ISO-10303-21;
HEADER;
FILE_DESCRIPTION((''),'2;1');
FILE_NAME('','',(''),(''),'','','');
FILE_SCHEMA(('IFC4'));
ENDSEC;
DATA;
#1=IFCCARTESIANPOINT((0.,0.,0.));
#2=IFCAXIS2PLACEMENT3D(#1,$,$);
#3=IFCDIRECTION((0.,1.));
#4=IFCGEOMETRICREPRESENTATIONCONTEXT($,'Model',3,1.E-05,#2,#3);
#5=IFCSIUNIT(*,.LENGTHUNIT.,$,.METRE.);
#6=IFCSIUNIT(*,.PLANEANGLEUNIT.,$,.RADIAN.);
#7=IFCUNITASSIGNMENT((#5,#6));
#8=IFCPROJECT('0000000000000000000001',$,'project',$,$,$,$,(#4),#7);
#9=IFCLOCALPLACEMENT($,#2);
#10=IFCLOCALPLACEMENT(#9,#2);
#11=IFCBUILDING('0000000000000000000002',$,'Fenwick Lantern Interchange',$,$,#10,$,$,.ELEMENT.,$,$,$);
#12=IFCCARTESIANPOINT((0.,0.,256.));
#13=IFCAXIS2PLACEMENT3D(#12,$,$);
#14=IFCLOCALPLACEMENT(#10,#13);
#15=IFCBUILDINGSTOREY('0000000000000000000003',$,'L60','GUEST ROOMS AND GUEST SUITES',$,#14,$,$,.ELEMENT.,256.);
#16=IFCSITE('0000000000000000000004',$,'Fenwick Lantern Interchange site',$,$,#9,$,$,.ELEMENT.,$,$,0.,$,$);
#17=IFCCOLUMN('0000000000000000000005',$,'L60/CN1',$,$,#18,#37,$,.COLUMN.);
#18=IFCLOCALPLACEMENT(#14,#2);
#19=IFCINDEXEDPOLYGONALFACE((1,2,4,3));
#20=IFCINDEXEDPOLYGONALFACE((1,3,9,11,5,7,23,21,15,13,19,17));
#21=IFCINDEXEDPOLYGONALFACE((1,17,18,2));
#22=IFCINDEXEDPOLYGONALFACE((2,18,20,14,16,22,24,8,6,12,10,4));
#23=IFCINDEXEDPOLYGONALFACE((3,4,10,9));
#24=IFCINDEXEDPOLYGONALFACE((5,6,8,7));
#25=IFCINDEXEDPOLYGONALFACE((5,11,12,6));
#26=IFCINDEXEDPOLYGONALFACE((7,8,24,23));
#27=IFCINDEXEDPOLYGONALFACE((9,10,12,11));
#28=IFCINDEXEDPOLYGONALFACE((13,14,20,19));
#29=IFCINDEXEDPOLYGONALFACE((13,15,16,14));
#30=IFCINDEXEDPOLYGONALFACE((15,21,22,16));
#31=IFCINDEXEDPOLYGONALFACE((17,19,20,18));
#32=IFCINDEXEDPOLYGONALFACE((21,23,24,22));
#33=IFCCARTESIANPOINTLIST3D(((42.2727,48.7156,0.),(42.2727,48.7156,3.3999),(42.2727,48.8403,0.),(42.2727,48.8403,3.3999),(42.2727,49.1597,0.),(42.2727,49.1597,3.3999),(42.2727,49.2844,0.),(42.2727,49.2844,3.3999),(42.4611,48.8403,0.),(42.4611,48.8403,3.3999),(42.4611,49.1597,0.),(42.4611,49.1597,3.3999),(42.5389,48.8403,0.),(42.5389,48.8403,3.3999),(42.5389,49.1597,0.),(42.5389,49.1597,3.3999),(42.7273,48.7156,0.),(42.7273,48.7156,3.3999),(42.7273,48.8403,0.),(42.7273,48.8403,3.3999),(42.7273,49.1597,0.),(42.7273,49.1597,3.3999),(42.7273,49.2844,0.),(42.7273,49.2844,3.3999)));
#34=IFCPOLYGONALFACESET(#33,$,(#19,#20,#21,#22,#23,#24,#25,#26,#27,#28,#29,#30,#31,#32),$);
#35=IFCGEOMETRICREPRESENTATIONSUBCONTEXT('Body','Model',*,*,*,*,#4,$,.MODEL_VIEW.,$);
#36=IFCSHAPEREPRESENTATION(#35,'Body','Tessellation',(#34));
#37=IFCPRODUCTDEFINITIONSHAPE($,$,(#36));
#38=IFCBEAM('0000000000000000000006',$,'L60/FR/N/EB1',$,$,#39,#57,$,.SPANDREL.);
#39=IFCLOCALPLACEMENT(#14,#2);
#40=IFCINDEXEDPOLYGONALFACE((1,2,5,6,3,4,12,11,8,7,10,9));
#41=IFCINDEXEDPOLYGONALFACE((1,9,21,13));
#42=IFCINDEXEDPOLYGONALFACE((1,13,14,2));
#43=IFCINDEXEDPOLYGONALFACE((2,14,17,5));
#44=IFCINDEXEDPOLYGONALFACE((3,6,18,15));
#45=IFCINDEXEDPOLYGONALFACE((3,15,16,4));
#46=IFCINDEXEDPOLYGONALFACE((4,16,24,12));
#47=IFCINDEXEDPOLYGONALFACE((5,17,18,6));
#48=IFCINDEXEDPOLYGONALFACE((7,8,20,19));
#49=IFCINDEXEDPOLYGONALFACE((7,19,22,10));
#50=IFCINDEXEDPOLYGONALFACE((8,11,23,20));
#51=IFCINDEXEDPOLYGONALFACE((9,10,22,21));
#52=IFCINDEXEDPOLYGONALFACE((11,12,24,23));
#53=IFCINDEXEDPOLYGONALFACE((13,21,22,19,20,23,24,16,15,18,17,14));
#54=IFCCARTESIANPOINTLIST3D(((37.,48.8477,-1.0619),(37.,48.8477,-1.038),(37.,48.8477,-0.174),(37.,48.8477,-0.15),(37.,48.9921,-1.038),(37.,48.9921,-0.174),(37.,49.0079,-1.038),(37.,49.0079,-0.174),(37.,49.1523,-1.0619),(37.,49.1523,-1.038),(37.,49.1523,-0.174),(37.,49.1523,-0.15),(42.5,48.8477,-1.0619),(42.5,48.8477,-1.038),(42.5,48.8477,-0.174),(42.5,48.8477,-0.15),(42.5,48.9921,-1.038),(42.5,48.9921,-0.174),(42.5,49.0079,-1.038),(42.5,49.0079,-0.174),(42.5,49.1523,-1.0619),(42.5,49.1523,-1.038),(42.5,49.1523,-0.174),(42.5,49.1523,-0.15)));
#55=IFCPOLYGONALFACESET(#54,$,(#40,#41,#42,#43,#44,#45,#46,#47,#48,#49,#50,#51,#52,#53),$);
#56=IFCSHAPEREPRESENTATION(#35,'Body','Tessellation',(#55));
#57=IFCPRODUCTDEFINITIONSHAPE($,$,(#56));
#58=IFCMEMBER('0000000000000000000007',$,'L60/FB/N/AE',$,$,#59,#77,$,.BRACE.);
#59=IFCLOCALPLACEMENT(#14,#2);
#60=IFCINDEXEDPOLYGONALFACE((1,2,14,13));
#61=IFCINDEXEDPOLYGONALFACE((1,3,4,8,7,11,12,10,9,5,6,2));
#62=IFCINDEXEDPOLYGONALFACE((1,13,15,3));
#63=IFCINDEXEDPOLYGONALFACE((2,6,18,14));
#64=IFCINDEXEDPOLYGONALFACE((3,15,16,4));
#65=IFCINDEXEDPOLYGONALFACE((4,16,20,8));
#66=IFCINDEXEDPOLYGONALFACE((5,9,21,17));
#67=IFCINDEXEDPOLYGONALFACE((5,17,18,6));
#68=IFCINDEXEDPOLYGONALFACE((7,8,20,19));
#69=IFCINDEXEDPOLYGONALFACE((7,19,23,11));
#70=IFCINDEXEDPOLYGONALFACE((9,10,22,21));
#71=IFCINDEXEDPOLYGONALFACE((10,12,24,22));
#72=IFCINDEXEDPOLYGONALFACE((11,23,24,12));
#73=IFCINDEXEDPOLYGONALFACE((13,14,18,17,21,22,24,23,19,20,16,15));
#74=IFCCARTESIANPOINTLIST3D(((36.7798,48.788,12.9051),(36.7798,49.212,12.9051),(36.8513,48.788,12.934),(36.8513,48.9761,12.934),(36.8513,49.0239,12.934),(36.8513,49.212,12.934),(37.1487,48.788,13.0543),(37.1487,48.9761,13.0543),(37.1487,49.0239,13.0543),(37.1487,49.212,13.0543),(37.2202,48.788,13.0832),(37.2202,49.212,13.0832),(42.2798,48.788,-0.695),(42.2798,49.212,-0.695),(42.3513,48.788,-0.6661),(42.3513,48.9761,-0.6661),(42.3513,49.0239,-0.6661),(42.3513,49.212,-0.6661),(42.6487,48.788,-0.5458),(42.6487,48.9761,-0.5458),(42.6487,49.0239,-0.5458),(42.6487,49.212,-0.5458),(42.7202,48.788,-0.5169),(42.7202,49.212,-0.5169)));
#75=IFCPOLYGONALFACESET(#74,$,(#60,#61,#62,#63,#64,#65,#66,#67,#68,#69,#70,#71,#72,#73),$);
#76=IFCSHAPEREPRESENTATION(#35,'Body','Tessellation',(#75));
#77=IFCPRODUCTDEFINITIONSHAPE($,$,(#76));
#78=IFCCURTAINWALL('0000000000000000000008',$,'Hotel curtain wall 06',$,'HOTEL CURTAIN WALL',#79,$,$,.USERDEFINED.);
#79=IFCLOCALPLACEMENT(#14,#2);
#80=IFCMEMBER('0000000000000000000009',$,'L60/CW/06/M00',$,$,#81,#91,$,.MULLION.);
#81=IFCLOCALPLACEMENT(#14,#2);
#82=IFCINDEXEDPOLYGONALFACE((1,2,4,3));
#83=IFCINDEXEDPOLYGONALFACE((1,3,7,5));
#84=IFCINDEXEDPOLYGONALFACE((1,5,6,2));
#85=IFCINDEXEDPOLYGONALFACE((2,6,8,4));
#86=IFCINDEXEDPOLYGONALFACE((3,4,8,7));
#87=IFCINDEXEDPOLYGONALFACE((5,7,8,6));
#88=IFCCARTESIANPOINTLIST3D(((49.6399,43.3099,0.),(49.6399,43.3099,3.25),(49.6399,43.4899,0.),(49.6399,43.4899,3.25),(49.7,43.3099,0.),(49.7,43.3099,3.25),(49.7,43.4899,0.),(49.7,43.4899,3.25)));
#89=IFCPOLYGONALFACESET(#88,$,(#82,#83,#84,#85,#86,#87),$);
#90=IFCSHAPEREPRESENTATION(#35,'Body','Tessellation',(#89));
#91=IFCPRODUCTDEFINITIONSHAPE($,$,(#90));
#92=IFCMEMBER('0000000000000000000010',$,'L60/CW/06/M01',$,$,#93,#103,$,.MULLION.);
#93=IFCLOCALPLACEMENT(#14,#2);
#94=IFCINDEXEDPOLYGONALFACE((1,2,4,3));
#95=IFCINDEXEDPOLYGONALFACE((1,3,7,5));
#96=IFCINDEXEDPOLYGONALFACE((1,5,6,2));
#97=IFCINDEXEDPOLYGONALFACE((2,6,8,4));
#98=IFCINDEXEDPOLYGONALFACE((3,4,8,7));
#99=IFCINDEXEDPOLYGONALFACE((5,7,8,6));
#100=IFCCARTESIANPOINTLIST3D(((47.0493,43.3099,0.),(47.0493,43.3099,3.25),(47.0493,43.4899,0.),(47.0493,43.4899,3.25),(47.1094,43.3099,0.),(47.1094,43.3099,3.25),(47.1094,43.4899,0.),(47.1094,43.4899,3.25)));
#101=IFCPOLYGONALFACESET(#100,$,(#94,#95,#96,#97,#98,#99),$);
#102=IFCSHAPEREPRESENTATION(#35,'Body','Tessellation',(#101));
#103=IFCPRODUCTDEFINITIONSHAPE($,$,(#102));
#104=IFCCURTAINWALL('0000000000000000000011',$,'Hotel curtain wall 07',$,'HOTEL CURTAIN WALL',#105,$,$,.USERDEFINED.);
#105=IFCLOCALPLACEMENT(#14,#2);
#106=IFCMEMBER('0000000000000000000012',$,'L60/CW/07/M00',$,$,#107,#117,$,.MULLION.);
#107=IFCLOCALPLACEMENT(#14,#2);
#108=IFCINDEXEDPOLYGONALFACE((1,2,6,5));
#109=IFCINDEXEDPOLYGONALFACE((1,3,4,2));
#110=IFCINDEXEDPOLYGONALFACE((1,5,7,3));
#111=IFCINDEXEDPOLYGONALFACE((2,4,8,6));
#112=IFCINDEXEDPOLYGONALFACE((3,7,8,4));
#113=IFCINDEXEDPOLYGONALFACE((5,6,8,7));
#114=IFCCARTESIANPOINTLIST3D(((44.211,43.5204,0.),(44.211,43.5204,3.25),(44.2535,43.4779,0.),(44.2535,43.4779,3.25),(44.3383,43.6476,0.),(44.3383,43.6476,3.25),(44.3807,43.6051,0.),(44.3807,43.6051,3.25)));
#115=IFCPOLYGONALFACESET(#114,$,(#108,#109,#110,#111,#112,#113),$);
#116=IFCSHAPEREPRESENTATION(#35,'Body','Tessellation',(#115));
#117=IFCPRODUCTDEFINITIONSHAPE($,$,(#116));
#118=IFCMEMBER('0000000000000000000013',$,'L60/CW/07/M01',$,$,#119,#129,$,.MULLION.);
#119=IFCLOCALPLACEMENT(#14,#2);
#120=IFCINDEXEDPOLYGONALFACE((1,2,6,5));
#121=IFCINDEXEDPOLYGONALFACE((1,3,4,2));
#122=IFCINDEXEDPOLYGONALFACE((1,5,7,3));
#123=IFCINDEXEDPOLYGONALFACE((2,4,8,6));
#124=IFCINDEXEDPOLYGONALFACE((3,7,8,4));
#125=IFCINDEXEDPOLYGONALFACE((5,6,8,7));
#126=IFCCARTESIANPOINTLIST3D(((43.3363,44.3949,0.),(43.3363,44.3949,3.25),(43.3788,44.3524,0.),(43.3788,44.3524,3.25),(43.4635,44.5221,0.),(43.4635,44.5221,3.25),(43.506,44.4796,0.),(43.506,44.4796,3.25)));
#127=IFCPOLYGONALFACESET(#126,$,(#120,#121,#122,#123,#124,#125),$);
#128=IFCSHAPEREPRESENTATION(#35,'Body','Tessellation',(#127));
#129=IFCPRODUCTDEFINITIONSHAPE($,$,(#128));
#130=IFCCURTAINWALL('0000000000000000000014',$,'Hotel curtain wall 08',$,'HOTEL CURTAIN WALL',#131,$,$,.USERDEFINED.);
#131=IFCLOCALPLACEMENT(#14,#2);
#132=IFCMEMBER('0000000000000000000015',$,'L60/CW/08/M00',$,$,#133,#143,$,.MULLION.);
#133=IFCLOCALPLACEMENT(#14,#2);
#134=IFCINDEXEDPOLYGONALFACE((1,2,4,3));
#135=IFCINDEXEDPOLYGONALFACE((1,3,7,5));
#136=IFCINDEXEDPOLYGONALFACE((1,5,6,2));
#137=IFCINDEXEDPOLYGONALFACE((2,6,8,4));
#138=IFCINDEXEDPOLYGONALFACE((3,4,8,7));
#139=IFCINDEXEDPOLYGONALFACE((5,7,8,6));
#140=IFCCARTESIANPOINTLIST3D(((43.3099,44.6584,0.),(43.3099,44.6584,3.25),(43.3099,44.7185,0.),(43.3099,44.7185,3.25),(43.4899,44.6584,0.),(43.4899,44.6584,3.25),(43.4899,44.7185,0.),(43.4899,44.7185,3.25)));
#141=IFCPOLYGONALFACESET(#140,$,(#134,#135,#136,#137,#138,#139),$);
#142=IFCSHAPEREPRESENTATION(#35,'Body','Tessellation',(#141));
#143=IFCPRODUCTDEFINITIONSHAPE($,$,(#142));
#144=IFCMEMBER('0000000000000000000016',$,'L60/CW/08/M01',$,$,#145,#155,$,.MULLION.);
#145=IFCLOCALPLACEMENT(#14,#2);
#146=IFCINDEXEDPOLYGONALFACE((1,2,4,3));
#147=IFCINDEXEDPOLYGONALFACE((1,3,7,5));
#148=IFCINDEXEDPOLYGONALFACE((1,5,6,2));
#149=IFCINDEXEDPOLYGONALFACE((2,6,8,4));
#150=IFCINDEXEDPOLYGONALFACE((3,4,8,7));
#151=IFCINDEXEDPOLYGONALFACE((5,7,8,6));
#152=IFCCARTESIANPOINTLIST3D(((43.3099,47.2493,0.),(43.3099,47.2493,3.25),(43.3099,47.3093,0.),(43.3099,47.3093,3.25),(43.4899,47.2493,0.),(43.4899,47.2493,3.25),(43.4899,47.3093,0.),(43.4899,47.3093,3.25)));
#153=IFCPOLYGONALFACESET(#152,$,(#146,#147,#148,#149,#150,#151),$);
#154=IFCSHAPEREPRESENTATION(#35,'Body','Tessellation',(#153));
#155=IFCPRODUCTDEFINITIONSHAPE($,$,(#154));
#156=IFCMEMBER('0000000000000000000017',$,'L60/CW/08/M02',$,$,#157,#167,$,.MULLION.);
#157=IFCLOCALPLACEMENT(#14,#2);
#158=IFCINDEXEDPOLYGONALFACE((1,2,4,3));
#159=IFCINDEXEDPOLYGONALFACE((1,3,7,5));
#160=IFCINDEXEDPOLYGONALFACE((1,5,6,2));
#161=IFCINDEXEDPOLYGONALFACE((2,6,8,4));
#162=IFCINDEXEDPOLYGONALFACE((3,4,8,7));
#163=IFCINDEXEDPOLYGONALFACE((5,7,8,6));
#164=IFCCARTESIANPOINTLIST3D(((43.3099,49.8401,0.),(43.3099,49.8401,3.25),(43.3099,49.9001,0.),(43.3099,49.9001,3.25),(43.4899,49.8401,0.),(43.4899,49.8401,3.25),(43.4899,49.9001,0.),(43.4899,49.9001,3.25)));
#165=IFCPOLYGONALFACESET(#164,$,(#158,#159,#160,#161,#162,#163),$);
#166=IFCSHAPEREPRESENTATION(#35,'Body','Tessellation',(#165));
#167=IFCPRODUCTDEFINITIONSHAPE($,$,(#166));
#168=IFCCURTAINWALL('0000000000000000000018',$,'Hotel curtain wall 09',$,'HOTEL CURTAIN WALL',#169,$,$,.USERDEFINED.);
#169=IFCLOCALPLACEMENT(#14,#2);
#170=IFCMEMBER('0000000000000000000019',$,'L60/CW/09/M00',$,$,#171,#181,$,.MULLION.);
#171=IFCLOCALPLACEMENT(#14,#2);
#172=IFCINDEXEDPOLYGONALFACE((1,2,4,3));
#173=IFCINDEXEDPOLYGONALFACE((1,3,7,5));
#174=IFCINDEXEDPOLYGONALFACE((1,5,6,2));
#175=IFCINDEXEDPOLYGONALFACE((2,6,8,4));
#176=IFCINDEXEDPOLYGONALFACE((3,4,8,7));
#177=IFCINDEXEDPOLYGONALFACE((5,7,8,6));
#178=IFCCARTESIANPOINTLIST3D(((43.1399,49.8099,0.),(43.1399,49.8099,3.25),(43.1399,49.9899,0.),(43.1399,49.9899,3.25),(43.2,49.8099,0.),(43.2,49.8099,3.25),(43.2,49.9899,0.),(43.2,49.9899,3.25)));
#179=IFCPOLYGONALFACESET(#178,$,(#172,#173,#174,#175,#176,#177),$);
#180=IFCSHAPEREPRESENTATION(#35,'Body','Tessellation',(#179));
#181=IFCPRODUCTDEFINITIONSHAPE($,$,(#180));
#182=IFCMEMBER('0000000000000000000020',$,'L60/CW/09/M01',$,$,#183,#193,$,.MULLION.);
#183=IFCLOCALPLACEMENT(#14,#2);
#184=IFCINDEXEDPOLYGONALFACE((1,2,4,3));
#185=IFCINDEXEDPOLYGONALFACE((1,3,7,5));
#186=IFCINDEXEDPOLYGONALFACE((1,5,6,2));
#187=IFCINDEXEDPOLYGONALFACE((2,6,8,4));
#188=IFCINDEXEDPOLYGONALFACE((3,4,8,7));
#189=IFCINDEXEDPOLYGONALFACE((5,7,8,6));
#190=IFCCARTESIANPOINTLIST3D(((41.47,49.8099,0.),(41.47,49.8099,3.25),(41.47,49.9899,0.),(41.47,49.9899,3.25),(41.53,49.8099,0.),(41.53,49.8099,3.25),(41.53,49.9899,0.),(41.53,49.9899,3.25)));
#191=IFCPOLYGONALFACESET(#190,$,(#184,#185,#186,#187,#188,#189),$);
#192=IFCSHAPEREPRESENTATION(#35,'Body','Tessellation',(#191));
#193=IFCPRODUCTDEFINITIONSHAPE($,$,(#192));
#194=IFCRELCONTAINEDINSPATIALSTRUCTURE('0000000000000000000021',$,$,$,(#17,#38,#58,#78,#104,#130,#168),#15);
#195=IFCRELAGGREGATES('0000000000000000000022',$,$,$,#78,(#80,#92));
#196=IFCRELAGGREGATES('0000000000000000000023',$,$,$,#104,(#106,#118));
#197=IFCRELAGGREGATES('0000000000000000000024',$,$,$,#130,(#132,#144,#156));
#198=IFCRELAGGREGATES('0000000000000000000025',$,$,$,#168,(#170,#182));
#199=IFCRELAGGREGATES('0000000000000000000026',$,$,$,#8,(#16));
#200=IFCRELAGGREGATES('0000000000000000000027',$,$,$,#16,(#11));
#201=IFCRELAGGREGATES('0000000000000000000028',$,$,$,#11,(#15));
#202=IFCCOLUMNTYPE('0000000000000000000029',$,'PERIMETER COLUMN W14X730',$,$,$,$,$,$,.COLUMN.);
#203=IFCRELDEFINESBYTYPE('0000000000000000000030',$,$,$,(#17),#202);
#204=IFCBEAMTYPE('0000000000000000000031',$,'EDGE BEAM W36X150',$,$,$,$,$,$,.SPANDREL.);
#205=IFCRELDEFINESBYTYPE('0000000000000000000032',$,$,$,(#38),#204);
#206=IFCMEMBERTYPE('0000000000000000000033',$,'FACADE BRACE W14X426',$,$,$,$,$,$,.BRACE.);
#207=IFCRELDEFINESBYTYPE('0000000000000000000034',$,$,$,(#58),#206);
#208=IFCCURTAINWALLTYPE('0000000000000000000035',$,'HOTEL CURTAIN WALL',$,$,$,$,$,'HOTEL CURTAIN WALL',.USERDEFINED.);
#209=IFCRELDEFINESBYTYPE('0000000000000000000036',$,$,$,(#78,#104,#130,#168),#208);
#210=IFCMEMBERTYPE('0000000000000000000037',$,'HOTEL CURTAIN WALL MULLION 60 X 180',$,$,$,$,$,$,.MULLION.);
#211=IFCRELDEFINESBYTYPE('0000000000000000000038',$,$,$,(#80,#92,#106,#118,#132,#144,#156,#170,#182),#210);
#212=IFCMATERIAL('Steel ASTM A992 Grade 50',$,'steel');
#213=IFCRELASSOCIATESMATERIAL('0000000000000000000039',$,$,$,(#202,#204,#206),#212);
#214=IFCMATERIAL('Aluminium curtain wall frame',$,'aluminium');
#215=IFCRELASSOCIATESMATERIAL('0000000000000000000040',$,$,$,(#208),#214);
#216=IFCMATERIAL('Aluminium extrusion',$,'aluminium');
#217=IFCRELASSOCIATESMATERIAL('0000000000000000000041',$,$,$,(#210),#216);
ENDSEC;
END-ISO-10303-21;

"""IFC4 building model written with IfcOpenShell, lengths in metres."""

from ifc_helpers import new_model, si_unit, direction, frame, origin, origin_2d, place, context, subcontext, project, spatial, rectangle, i_section, extrude, material, material_profile, profile_set, type_object, element, aggregate, save


model = new_model("IFC4")

# Units and contexts
model_context = context("Model", 3, precision=1e-05, world=origin(), true_north=direction((0.0, 1.0)))
body_context = subcontext(model_context, "Body", "Model", "MODEL_VIEW")
ifc_project = project(units=[si_unit("LENGTHUNIT", "METRE"), si_unit("PLANEANGLEUNIT", "RADIAN")], contexts=[model_context])

# Site, building, storey
site_placement = place(None, origin())
site = spatial("IfcSite", under=ifc_project, at=site_placement, Name="Fenwick Lantern Interchange site", CompositionType="ELEMENT", RefElevation=0.0)
building_placement = place(site_placement, origin())
building = spatial("IfcBuilding", under=site, at=building_placement, Name="Fenwick Lantern Interchange", CompositionType="ELEMENT")
storey_placement = place(building_placement, frame((0.0, 0.0, 256.0)))
storey = spatial("IfcBuildingStorey", under=building, at=storey_placement, Name="L60", Description="GUEST ROOMS AND GUEST SUITES", CompositionType="ELEMENT", Elevation=256.0)

# Column
ifc_material_1 = material(Name="Steel ASTM A992 Grade 50", Category="steel")
ifc_material_profile_1 = material_profile(ifc_material_1, i_section(OverallWidth=0.4546, OverallDepth=0.5688, WebThickness=0.0779, FlangeThickness=0.1248, at=origin_2d()), Name="W14X730")
ifc_profile_set_1 = profile_set([ifc_material_profile_1], Name="Steel ASTM A992 Grade 50")
column_type = type_object("IfcColumnType", Name="PERIMETER COLUMN W14X730", PredefinedType="COLUMN", material=ifc_profile_set_1)
column_placement = place(storey_placement, frame((42.5, 49.0, 0.0), z_axis=(0.0, 0.0, 1.0), x_axis=(1.0, 0.0, 0.0)))
element("IfcColumn", 1, at=column_placement, inside=storey, type_object=column_type, Name="L60/CN1", PredefinedType="COLUMN", context=body_context, shape_type="SweptSolid", body=[
    extrude(i_section(OverallWidth=0.4546, OverallDepth=0.5688, WebThickness=0.0779, FlangeThickness=0.1248, at=origin_2d()), origin(), (0.0, 0.0, 1.0), 3.3999),
])

# Beam
ifc_material_profile_2 = material_profile(ifc_material_1, i_section(OverallWidth=0.3047, OverallDepth=0.9119, WebThickness=0.0159, FlangeThickness=0.0239, at=origin_2d()), Name="W36X150")
ifc_profile_set_2 = profile_set([ifc_material_profile_2], Name="Steel ASTM A992 Grade 50")
beam_type = type_object("IfcBeamType", Name="EDGE BEAM W36X150", PredefinedType="SPANDREL", material=ifc_profile_set_2)
beam_placement = place(storey_placement, frame((42.5, 49.0, -0.606), z_axis=(-1.0, 0.0, 0.0), x_axis=(0.0, -1.0, 0.0)))
element("IfcBeam", 2, at=beam_placement, inside=storey, type_object=beam_type, Name="L60/FR/N/EB1", PredefinedType="SPANDREL", context=body_context, shape_type="SweptSolid", body=[
    extrude(i_section(OverallWidth=0.3047, OverallDepth=0.9119, WebThickness=0.0159, FlangeThickness=0.0239, at=origin_2d()), origin(), (0.0, 0.0, 1.0), 5.5),
])

# Member
ifc_material_profile_3 = material_profile(ifc_material_1, i_section(OverallWidth=0.4241, OverallDepth=0.4751, WebThickness=0.0479, FlangeThickness=0.0771, at=origin_2d()), Name="W14X426")
ifc_profile_set_3 = profile_set([ifc_material_profile_3], Name="Steel ASTM A992 Grade 50")
member_type_1 = type_object("IfcMemberType", Name="FACADE BRACE W14X426", PredefinedType="BRACE", material=ifc_profile_set_3)
member_1_placement = place(storey_placement, frame((42.5, 49.0, -0.606), z_axis=(-0.374912, 0.0, 0.927061), x_axis=(0.0, -1.0, 0.0)))
element("IfcMember", 3, at=member_1_placement, inside=storey, type_object=member_type_1, Name="L60/FB/N/AE", PredefinedType="BRACE", context=body_context, shape_type="SweptSolid", body=[
    extrude(i_section(OverallWidth=0.4241, OverallDepth=0.4751, WebThickness=0.0479, FlangeThickness=0.0771, at=origin_2d()), origin(), (0.0, 0.0, 1.0), 14.6702),
])

# Curtain walls, members
ifc_material_2 = material(Name="Aluminium curtain wall frame", Category="aluminium")
curtain_wall_type = type_object("IfcCurtainWallType", Name="HOTEL CURTAIN WALL", ElementType="HOTEL CURTAIN WALL", PredefinedType="USERDEFINED", material=ifc_material_2)
curtain_wall_1_placement = place(storey_placement, origin())
curtain_wall_1 = element("IfcCurtainWall", 4, at=curtain_wall_1_placement, inside=storey, type_object=curtain_wall_type, Name="Hotel curtain wall 06", ObjectType="HOTEL CURTAIN WALL", PredefinedType="USERDEFINED")
ifc_material_3 = material(Name="Aluminium extrusion", Category="aluminium")
ifc_material_profile_4 = material_profile(ifc_material_3, rectangle(XDim=0.1799, YDim=0.0601, at=origin_2d()), Name="HOTEL CURTAIN WALL MULLION 60 X 180")
ifc_profile_set_4 = profile_set([ifc_material_profile_4], Name="Aluminium extrusion")
member_type_2 = type_object("IfcMemberType", Name="HOTEL CURTAIN WALL MULLION 60 X 180", PredefinedType="MULLION", material=ifc_profile_set_4)
member_2_placement = place(storey_placement, frame((49.6699, 43.3999, 0.0), z_axis=(0.0, 0.0, 1.0), x_axis=(0.0, -1.0, 0.0)))
member_2 = element("IfcMember", 5, at=member_2_placement, type_object=member_type_2, Name="L60/CW/06/M00", PredefinedType="MULLION", context=body_context, shape_type="SweptSolid", body=[
    extrude(rectangle(XDim=0.1799, YDim=0.0601, at=origin_2d()), origin(), (0.0, 0.0, 1.0), 3.25),
])
member_3_placement = place(storey_placement, frame((47.0793, 43.3999, 0.0), z_axis=(0.0, 0.0, 1.0), x_axis=(0.0, -1.0, 0.0)))
member_3 = element("IfcMember", 6, at=member_3_placement, type_object=member_type_2, Name="L60/CW/06/M01", PredefinedType="MULLION", context=body_context, shape_type="SweptSolid", body=[
    extrude(rectangle(XDim=0.1799, YDim=0.0601, at=origin_2d()), origin(), (0.0, 0.0, 1.0), 3.25),
])
curtain_wall_2_placement = place(storey_placement, origin())
curtain_wall_2 = element("IfcCurtainWall", 7, at=curtain_wall_2_placement, inside=storey, type_object=curtain_wall_type, Name="Hotel curtain wall 07", ObjectType="HOTEL CURTAIN WALL", PredefinedType="USERDEFINED")
member_4_placement = place(storey_placement, frame((44.2959, 43.5627, 0.0), z_axis=(0.0, 0.0, 1.0), x_axis=(-0.707107, -0.707107, 0.0)))
member_4 = element("IfcMember", 8, at=member_4_placement, type_object=member_type_2, Name="L60/CW/07/M00", PredefinedType="MULLION", context=body_context, shape_type="SweptSolid", body=[
    extrude(rectangle(XDim=0.1799, YDim=0.0601, at=origin_2d()), origin(), (0.0, 0.0, 1.0), 3.25),
])
member_5_placement = place(storey_placement, frame((43.4211, 44.4373, 0.0), z_axis=(0.0, 0.0, 1.0), x_axis=(-0.707107, -0.707107, 0.0)))
member_5 = element("IfcMember", 9, at=member_5_placement, type_object=member_type_2, Name="L60/CW/07/M01", PredefinedType="MULLION", context=body_context, shape_type="SweptSolid", body=[
    extrude(rectangle(XDim=0.1799, YDim=0.0601, at=origin_2d()), origin(), (0.0, 0.0, 1.0), 3.25),
])
curtain_wall_3_placement = place(storey_placement, origin())
curtain_wall_3 = element("IfcCurtainWall", 10, at=curtain_wall_3_placement, inside=storey, type_object=curtain_wall_type, Name="Hotel curtain wall 08", ObjectType="HOTEL CURTAIN WALL", PredefinedType="USERDEFINED")
member_6_placement = place(storey_placement, frame((43.3999, 44.6885, 0.0), z_axis=(0.0, 0.0, 1.0), x_axis=(-1.0, 0.0, 0.0)))
member_6 = element("IfcMember", 11, at=member_6_placement, type_object=member_type_2, Name="L60/CW/08/M00", PredefinedType="MULLION", context=body_context, shape_type="SweptSolid", body=[
    extrude(rectangle(XDim=0.1799, YDim=0.0601, at=origin_2d()), origin(), (0.0, 0.0, 1.0), 3.25),
])
member_7_placement = place(storey_placement, frame((43.3999, 47.2793, 0.0), z_axis=(0.0, 0.0, 1.0), x_axis=(-1.0, 0.0, 0.0)))
member_7 = element("IfcMember", 12, at=member_7_placement, type_object=member_type_2, Name="L60/CW/08/M01", PredefinedType="MULLION", context=body_context, shape_type="SweptSolid", body=[
    extrude(rectangle(XDim=0.1799, YDim=0.0601, at=origin_2d()), origin(), (0.0, 0.0, 1.0), 3.25),
])
member_8_placement = place(storey_placement, frame((43.3999, 49.8701, 0.0), z_axis=(0.0, 0.0, 1.0), x_axis=(-1.0, 0.0, 0.0)))
member_8 = element("IfcMember", 13, at=member_8_placement, type_object=member_type_2, Name="L60/CW/08/M02", PredefinedType="MULLION", context=body_context, shape_type="SweptSolid", body=[
    extrude(rectangle(XDim=0.1799, YDim=0.0601, at=origin_2d()), origin(), (0.0, 0.0, 1.0), 3.25),
])
curtain_wall_4_placement = place(storey_placement, origin())
curtain_wall_4 = element("IfcCurtainWall", 14, at=curtain_wall_4_placement, inside=storey, type_object=curtain_wall_type, Name="Hotel curtain wall 09", ObjectType="HOTEL CURTAIN WALL", PredefinedType="USERDEFINED")
member_9_placement = place(storey_placement, frame((43.1699, 49.8999, 0.0), z_axis=(0.0, 0.0, 1.0), x_axis=(0.0, -1.0, 0.0)))
member_9 = element("IfcMember", 15, at=member_9_placement, type_object=member_type_2, Name="L60/CW/09/M00", PredefinedType="MULLION", context=body_context, shape_type="SweptSolid", body=[
    extrude(rectangle(XDim=0.1799, YDim=0.0601, at=origin_2d()), origin(), (0.0, 0.0, 1.0), 3.25),
])
member_10_placement = place(storey_placement, frame((41.5, 49.8999, 0.0), z_axis=(0.0, 0.0, 1.0), x_axis=(0.0, -1.0, 0.0)))
member_10 = element("IfcMember", 16, at=member_10_placement, type_object=member_type_2, Name="L60/CW/09/M01", PredefinedType="MULLION", context=body_context, shape_type="SweptSolid", body=[
    extrude(rectangle(XDim=0.1799, YDim=0.0601, at=origin_2d()), origin(), (0.0, 0.0, 1.0), 3.25),
])

aggregate(curtain_wall_1, [member_2, member_3])

aggregate(curtain_wall_2, [member_4, member_5])
aggregate(curtain_wall_3, [member_6, member_7, member_8])
aggregate(curtain_wall_4, [member_9, member_10])

save(model, "model.ifc")
